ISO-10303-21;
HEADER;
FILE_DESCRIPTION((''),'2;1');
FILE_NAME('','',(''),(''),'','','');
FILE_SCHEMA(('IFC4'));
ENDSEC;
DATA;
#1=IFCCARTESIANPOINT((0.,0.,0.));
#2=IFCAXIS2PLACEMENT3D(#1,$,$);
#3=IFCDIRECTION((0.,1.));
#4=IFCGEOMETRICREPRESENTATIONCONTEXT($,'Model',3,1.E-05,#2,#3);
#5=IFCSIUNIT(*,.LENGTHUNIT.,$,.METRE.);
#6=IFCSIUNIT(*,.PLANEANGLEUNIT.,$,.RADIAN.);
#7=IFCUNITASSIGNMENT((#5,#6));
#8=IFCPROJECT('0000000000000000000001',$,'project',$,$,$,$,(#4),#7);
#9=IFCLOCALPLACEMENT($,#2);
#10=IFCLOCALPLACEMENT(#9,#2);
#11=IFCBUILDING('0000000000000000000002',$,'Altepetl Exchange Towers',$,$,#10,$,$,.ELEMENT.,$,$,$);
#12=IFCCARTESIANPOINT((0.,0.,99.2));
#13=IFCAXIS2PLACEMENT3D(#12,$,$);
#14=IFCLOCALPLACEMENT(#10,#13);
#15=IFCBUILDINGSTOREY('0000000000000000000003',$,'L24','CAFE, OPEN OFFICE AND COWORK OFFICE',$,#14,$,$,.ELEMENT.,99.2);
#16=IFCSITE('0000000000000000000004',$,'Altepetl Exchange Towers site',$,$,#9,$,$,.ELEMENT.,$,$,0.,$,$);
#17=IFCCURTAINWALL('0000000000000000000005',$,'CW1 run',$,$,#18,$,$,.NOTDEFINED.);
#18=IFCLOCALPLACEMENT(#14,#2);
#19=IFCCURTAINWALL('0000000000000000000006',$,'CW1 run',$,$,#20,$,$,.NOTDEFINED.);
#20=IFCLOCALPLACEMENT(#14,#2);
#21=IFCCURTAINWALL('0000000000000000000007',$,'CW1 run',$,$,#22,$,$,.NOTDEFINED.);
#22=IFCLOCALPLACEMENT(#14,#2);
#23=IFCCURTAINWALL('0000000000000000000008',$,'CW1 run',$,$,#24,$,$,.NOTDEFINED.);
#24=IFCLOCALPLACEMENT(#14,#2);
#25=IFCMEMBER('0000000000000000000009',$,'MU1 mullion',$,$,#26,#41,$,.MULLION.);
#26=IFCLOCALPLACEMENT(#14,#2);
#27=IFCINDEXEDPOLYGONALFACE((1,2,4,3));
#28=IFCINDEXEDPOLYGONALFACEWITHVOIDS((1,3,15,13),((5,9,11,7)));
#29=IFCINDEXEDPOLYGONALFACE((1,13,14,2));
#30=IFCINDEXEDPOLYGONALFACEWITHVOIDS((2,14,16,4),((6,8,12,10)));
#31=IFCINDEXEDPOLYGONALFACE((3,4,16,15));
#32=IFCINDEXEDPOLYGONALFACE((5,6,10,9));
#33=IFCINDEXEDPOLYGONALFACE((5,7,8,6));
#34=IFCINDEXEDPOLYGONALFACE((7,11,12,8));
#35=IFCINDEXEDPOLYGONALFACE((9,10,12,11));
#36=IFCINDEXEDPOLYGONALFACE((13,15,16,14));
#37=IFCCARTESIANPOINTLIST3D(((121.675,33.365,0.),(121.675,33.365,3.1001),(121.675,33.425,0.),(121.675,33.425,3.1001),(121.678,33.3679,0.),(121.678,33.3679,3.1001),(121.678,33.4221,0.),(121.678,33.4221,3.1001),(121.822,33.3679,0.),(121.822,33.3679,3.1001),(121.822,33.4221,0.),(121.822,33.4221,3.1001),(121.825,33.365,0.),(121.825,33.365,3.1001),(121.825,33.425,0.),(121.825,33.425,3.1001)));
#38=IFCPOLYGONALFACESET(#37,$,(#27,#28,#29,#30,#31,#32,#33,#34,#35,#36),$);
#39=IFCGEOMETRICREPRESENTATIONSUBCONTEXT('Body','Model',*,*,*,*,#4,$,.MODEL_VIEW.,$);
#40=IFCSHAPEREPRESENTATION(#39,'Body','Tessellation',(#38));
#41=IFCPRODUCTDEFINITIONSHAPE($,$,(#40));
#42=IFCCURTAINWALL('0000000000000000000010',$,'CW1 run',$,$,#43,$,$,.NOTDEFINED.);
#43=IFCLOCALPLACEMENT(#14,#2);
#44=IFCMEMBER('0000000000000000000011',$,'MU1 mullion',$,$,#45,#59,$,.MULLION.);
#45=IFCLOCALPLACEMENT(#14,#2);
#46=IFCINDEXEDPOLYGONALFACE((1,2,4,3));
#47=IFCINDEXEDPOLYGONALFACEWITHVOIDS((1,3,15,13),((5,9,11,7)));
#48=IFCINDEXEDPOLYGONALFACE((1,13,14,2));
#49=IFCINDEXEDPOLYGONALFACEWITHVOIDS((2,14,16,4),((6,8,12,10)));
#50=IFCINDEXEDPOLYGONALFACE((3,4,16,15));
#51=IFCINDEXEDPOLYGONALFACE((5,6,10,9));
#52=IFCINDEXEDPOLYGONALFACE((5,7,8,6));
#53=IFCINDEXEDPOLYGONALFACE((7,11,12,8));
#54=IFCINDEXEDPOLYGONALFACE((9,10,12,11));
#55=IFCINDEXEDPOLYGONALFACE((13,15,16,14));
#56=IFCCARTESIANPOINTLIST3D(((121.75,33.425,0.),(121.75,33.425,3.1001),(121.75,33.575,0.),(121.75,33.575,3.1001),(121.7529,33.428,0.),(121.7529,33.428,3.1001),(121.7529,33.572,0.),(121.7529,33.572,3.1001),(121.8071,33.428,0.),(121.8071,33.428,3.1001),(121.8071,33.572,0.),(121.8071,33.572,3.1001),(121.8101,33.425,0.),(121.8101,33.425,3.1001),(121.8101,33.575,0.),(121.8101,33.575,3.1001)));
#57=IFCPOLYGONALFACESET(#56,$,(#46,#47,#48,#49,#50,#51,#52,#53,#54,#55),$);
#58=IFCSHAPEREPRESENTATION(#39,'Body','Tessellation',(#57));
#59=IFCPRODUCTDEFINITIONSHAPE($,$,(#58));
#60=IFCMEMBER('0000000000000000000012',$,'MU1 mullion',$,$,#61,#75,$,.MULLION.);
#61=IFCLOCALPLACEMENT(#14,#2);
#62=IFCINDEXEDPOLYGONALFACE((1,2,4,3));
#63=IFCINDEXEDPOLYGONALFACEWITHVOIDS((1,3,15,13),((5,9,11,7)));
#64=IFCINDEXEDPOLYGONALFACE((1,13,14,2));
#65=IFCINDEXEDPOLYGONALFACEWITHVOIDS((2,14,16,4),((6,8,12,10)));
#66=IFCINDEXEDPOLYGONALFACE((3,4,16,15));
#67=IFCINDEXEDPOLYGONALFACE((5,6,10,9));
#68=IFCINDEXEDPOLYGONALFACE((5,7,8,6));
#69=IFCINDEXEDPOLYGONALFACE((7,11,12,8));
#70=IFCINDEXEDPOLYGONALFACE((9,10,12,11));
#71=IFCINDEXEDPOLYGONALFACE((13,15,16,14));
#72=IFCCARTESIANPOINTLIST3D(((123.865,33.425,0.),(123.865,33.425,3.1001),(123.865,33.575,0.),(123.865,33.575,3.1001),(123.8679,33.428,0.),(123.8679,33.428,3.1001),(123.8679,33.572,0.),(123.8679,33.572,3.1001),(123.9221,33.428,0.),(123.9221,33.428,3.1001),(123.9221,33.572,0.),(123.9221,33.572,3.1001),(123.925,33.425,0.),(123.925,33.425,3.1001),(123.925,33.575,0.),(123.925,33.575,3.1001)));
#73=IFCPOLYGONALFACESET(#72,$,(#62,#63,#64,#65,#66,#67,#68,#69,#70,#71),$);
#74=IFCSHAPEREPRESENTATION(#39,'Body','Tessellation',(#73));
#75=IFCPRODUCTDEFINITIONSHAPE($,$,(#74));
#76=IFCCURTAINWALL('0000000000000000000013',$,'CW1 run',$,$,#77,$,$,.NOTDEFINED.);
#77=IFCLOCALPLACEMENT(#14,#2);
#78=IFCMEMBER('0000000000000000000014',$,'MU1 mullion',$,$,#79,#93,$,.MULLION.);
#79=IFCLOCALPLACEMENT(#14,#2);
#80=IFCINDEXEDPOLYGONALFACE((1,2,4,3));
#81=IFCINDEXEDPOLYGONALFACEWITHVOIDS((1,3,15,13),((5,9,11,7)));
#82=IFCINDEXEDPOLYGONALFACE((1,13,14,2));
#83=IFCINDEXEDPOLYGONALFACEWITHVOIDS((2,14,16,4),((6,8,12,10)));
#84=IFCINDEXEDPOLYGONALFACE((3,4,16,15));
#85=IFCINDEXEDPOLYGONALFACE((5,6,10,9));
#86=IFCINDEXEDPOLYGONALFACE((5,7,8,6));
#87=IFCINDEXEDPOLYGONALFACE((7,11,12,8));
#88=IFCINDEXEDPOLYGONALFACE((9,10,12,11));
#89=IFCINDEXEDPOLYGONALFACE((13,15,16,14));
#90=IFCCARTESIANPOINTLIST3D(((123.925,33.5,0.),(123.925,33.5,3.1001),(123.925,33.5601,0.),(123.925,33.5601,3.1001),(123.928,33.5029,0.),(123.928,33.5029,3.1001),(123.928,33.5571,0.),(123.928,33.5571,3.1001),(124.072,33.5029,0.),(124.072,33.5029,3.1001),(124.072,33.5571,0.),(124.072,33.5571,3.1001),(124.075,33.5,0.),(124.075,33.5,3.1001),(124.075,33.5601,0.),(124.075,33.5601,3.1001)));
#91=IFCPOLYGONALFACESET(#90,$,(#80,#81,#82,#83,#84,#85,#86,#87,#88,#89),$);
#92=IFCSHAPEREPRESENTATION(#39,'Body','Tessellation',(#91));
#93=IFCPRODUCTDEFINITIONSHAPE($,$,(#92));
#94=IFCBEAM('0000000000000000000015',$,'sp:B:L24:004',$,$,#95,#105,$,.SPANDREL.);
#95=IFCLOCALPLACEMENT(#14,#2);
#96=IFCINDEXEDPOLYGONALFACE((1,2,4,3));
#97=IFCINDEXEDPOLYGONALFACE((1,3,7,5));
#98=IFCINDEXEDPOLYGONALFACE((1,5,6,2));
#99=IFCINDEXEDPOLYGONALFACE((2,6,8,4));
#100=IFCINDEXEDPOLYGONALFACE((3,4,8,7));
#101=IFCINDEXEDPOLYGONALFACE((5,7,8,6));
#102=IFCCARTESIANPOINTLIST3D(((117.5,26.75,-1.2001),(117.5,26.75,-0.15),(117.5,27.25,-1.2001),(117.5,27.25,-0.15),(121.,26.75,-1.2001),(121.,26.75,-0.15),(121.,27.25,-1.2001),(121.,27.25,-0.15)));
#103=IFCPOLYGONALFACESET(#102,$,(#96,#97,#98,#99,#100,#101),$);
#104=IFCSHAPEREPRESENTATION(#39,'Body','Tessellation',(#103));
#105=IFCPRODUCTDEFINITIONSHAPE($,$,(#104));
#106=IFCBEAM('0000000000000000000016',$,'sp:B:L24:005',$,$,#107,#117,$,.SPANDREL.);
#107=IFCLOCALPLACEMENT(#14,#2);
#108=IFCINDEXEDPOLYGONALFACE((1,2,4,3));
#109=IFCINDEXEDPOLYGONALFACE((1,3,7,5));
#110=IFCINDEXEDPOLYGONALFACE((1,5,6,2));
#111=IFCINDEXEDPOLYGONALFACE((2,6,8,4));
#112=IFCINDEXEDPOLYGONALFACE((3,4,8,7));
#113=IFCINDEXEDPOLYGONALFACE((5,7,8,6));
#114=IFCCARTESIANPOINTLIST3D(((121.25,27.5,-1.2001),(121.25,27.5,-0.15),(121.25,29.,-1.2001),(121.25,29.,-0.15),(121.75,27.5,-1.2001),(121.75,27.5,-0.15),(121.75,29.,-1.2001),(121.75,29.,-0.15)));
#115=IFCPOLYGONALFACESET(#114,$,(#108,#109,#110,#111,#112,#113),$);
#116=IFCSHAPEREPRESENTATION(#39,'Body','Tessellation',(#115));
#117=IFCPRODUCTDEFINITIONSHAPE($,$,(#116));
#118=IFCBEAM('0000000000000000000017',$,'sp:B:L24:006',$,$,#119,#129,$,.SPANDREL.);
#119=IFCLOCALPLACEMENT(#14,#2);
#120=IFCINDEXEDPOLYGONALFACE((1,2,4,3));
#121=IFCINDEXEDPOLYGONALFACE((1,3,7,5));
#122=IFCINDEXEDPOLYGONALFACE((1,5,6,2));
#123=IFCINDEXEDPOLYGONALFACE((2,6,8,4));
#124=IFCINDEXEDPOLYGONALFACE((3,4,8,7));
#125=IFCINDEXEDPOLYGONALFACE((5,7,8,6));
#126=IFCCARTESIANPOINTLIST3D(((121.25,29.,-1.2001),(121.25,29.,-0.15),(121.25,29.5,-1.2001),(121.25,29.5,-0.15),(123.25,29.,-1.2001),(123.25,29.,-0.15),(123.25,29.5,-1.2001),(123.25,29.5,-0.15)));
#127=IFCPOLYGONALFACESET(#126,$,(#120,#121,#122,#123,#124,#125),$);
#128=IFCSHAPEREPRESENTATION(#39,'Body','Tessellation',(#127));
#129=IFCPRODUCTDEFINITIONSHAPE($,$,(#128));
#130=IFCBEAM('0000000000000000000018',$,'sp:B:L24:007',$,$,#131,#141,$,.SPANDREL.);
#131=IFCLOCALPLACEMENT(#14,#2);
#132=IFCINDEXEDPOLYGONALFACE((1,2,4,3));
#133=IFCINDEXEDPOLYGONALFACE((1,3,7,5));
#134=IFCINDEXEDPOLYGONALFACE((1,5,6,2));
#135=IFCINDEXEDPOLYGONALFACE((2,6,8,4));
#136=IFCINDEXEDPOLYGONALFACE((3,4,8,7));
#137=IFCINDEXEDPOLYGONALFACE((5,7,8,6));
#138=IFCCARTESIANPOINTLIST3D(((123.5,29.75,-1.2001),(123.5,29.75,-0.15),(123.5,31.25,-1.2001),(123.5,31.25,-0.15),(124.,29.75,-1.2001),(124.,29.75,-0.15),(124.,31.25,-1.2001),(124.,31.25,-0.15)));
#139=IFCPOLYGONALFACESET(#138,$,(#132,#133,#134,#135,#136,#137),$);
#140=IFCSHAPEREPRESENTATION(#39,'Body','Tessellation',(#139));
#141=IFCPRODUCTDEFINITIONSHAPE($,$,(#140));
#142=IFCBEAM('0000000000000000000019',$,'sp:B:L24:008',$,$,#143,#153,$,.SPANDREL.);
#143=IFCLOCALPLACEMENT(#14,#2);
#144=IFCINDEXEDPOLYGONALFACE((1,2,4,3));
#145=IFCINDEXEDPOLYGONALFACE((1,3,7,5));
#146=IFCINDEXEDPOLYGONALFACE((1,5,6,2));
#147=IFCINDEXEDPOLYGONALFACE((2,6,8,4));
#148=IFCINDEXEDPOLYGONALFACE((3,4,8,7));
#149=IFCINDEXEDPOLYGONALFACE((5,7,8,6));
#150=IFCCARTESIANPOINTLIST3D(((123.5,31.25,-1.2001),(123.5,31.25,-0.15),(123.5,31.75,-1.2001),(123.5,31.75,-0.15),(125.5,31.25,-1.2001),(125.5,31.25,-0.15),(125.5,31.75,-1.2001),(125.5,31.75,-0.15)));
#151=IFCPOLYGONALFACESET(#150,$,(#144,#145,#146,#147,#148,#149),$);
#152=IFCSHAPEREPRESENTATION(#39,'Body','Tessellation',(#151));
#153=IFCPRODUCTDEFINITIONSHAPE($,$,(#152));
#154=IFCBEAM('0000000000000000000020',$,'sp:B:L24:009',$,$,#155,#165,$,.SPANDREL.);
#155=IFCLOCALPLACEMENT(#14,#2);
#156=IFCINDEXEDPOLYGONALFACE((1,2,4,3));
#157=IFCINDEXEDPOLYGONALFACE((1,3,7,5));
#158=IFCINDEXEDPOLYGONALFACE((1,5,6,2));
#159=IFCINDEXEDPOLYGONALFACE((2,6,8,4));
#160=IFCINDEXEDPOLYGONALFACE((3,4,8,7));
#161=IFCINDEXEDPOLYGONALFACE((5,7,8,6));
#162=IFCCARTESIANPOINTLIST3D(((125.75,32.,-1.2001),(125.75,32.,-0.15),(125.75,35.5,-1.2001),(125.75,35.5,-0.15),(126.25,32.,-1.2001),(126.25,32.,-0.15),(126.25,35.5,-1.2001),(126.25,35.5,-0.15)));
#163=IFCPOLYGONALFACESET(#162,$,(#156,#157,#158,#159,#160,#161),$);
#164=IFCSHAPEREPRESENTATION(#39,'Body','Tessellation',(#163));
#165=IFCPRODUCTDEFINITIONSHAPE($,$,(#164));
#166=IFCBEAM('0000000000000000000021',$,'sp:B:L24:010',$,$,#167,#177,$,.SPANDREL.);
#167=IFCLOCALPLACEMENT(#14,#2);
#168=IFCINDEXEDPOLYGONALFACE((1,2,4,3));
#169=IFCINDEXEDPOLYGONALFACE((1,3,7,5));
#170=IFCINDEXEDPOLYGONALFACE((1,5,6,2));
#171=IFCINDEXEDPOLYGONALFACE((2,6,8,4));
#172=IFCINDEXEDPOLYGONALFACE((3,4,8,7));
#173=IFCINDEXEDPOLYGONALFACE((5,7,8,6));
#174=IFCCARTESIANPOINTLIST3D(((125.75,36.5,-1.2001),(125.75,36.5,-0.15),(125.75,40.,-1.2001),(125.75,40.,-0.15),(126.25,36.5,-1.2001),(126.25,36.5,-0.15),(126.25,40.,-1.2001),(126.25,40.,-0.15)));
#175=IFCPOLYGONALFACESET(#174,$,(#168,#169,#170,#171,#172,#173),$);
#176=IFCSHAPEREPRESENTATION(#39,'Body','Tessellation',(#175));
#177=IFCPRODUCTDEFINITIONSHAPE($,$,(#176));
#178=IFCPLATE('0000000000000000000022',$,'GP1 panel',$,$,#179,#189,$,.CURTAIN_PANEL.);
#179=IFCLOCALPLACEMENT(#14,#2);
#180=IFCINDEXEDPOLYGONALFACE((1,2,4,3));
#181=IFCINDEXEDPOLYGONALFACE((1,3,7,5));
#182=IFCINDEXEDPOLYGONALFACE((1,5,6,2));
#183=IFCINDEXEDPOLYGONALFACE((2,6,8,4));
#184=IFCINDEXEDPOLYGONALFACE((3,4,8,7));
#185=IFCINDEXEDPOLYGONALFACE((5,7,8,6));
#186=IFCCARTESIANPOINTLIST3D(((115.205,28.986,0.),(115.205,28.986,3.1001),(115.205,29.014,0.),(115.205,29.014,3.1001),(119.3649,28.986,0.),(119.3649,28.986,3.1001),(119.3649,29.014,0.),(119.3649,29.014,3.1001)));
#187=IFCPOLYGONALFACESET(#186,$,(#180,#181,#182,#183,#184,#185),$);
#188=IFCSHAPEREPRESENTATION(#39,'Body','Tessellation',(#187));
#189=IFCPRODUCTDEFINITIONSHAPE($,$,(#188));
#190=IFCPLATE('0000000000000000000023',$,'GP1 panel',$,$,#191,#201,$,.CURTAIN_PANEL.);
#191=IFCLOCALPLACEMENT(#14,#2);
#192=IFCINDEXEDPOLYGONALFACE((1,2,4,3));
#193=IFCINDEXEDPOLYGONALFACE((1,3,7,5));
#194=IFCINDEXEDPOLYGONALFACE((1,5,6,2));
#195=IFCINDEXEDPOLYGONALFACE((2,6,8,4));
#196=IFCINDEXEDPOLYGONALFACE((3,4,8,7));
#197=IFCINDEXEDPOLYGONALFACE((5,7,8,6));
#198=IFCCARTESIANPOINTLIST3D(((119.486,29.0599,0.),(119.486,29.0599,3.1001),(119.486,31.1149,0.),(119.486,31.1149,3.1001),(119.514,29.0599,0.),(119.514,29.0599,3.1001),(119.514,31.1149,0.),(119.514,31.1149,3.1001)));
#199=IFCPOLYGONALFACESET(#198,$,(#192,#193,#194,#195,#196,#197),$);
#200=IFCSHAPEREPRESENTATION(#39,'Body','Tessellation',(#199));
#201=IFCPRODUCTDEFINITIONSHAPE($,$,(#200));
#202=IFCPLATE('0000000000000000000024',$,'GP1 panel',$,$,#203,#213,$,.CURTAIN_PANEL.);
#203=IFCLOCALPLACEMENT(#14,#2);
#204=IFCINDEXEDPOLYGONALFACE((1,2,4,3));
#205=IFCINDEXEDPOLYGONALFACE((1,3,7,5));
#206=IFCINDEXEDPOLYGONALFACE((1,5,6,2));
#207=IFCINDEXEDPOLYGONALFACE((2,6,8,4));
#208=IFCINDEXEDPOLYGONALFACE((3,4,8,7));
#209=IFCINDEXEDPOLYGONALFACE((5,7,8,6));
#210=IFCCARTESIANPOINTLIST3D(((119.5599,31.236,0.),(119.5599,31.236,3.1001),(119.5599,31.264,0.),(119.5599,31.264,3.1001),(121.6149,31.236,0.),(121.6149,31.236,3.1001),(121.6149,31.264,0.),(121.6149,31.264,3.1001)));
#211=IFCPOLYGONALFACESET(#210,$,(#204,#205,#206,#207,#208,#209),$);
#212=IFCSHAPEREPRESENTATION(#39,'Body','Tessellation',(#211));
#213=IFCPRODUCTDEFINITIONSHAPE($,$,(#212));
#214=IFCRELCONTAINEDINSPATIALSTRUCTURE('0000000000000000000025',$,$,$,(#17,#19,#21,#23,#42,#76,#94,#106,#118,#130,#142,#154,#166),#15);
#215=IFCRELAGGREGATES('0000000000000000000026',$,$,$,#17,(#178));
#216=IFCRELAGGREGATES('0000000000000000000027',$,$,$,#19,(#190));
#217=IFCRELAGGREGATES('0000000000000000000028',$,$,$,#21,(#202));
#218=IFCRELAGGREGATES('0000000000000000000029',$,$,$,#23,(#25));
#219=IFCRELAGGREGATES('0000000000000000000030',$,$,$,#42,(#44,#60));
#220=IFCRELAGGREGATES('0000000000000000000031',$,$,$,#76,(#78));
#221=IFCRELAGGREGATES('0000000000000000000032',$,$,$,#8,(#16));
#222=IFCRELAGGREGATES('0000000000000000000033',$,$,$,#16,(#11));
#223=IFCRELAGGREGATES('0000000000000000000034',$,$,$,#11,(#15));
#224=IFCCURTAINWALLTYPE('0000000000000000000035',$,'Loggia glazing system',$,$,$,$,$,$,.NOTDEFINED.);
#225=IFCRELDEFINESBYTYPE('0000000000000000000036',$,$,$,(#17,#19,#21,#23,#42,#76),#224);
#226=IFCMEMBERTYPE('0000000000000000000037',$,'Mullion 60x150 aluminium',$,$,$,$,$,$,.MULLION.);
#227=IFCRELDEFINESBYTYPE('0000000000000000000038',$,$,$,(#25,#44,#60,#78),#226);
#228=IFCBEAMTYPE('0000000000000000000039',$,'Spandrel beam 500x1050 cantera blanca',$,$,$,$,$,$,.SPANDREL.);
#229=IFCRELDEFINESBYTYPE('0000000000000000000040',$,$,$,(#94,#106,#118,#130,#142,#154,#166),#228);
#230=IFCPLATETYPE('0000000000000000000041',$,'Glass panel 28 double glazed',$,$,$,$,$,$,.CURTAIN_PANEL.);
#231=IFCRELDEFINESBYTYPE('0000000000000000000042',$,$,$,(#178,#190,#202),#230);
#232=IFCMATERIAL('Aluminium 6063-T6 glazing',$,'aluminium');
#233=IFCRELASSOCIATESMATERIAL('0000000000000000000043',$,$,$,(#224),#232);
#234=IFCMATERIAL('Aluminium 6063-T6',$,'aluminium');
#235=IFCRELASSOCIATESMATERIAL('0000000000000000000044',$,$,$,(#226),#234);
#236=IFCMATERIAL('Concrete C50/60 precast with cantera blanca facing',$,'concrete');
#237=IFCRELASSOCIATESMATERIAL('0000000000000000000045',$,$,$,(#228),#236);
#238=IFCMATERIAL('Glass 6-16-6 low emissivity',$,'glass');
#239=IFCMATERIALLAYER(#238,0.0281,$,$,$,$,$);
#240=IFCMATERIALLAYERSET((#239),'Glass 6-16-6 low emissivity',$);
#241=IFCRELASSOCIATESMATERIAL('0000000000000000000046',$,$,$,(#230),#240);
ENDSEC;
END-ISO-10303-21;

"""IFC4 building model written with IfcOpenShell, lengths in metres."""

from ifc_helpers import new_model, si_unit, direction, frame, origin, origin_2d, place, context, subcontext, project, spatial, rectangle, hollow_rectangle, extrude, material, layer, layer_set, material_profile, profile_set, type_object, element, aggregate, save


model = new_model("IFC4")

# Units and contexts
model_context = context("Model", 3, precision=1e-05, world=origin(), true_north=direction((0.0, 1.0)))
body_context = subcontext(model_context, "Body", "Model", "MODEL_VIEW")
ifc_project = project(units=[si_unit("LENGTHUNIT", "METRE"), si_unit("PLANEANGLEUNIT", "RADIAN")], contexts=[model_context])

# Site, building, storey
site_placement = place(None, origin())
site = spatial("IfcSite", under=ifc_project, at=site_placement, Name="Altepetl Exchange Towers site", CompositionType="ELEMENT", RefElevation=0.0)
building_placement = place(site_placement, origin())
building = spatial("IfcBuilding", under=site, at=building_placement, Name="Altepetl Exchange Towers", CompositionType="ELEMENT")
storey_placement = place(building_placement, frame((0.0, 0.0, 99.2)))
storey = spatial("IfcBuildingStorey", under=building, at=storey_placement, Name="L24", Description="CAFE, OPEN OFFICE AND COWORK OFFICE", CompositionType="ELEMENT", Elevation=99.2)

# Curtain wall
ifc_material_1 = material(Name="Aluminium 6063-T6 glazing", Category="aluminium")
curtain_wall_type = type_object("IfcCurtainWallType", Name="Loggia glazing system", PredefinedType="NOTDEFINED", material=ifc_material_1)
curtain_wall_1_placement = place(storey_placement, origin())
curtain_wall_1 = element("IfcCurtainWall", 1, at=curtain_wall_1_placement, inside=storey, type_object=curtain_wall_type, Name="CW1 run", PredefinedType="NOTDEFINED")
ifc_material_2 = material(Name="Aluminium 6063-T6", Category="aluminium")
ifc_material_profile_1 = material_profile(ifc_material_2, hollow_rectangle(XDim=0.0601, YDim=0.1499, WallThickness=0.0029, at=origin_2d()), Name="Mullion 60x150 aluminium")
ifc_profile_set_1 = profile_set([ifc_material_profile_1], Name="Aluminium 6063-T6")
member_type = type_object("IfcMemberType", Name="Mullion 60x150 aluminium", PredefinedType="MULLION", material=ifc_profile_set_1)

# Curtain walls, members
curtain_wall_2_placement = place(storey_placement, origin())
curtain_wall_2 = element("IfcCurtainWall", 2, at=curtain_wall_2_placement, inside=storey, type_object=curtain_wall_type, Name="CW1 run", PredefinedType="NOTDEFINED")
curtain_wall_3_placement = place(storey_placement, origin())
curtain_wall_3 = element("IfcCurtainWall", 3, at=curtain_wall_3_placement, inside=storey, type_object=curtain_wall_type, Name="CW1 run", PredefinedType="NOTDEFINED")
curtain_wall_4_placement = place(storey_placement, origin())
curtain_wall_4 = element("IfcCurtainWall", 4, at=curtain_wall_4_placement, inside=storey, type_object=curtain_wall_type, Name="CW1 run", PredefinedType="NOTDEFINED")
member_1_placement = place(storey_placement, frame((121.75, 33.395, 0.0), z_axis=(0.0, 0.0, 1.0), x_axis=(0.0, 1.0, 0.0)))
member_1 = element("IfcMember", 5, at=member_1_placement, type_object=member_type, Name="MU1 mullion", PredefinedType="MULLION", context=body_context, shape_type="SweptSolid", body=[
    extrude(hollow_rectangle(XDim=0.0601, YDim=0.1499, WallThickness=0.0029, at=origin_2d()), origin(), (0.0, 0.0, 1.0), 3.1001),
])
curtain_wall_5_placement = place(storey_placement, origin())
curtain_wall_5 = element("IfcCurtainWall", 6, at=curtain_wall_5_placement, inside=storey, type_object=curtain_wall_type, Name="CW1 run", PredefinedType="NOTDEFINED")
member_2_placement = place(storey_placement, frame((121.78, 33.5, 0.0)))
member_2 = element("IfcMember", 7, at=member_2_placement, type_object=member_type, Name="MU1 mullion", PredefinedType="MULLION", context=body_context, shape_type="SweptSolid", body=[
    extrude(hollow_rectangle(XDim=0.0601, YDim=0.1499, WallThickness=0.0029, at=origin_2d()), origin(), (0.0, 0.0, 1.0), 3.1001),
])
member_3_placement = place(storey_placement, frame((123.895, 33.5, 0.0)))
member_3 = element("IfcMember", 8, at=member_3_placement, type_object=member_type, Name="MU1 mullion", PredefinedType="MULLION", context=body_context, shape_type="SweptSolid", body=[
    extrude(hollow_rectangle(XDim=0.0601, YDim=0.1499, WallThickness=0.0029, at=origin_2d()), origin(), (0.0, 0.0, 1.0), 3.1001),
])

# Curtain wall, member
curtain_wall_6_placement = place(storey_placement, origin())
curtain_wall_6 = element("IfcCurtainWall", 9, at=curtain_wall_6_placement, inside=storey, type_object=curtain_wall_type, Name="CW1 run", PredefinedType="NOTDEFINED")
member_4_placement = place(storey_placement, frame((124.0, 33.53, 0.0), z_axis=(0.0, 0.0, 1.0), x_axis=(0.0, 1.0, 0.0)))
member_4 = element("IfcMember", 10, at=member_4_placement, type_object=member_type, Name="MU1 mullion", PredefinedType="MULLION", context=body_context, shape_type="SweptSolid", body=[
    extrude(hollow_rectangle(XDim=0.0601, YDim=0.1499, WallThickness=0.0029, at=origin_2d()), origin(), (0.0, 0.0, 1.0), 3.1001),
])

# Beams
ifc_material_3 = material(Name="Concrete C50/60 precast with cantera blanca facing", Category="concrete")
ifc_material_profile_2 = material_profile(ifc_material_3, rectangle(XDim=0.5, YDim=1.05, at=origin_2d()), Name="500 x 1050")
ifc_profile_set_2 = profile_set([ifc_material_profile_2], Name="Concrete C50/60 precast with cantera blanca facing")
beam_type_1 = type_object("IfcBeamType", Name="Spandrel beam 500x1050 cantera blanca", PredefinedType="SPANDREL", material=ifc_profile_set_2)
beam_1_placement = place(storey_placement, frame((117.5, 27.0, -0.675), z_axis=(1.0, 0.0, 0.0), x_axis=(0.0, 1.0, 0.0)))
element("IfcBeam", 11, at=beam_1_placement, inside=storey, type_object=beam_type_1, Name="sp:B:L24:004", PredefinedType="SPANDREL", context=body_context, shape_type="SweptSolid", body=[
    extrude(rectangle(XDim=0.5, YDim=1.05, at=origin_2d()), origin(), (0.0, 0.0, 1.0), 3.5),
])
beam_2_placement = place(storey_placement, frame((121.5, 27.5, -0.675), z_axis=(0.0, 1.0, 0.0), x_axis=(-1.0, 0.0, 0.0)))
element("IfcBeam", 12, at=beam_2_placement, inside=storey, type_object=beam_type_1, Name="sp:B:L24:005", PredefinedType="SPANDREL", context=body_context, shape_type="SweptSolid", body=[
    extrude(rectangle(XDim=0.5, YDim=1.05, at=origin_2d()), origin(), (0.0, 0.0, 1.0), 1.5),
])
beam_3_placement = place(storey_placement, frame((121.25, 29.25, -0.675), z_axis=(1.0, 0.0, 0.0), x_axis=(0.0, 1.0, 0.0)))
element("IfcBeam", 13, at=beam_3_placement, inside=storey, type_object=beam_type_1, Name="sp:B:L24:006", PredefinedType="SPANDREL", context=body_context, shape_type="SweptSolid", body=[
    extrude(rectangle(XDim=0.5, YDim=1.05, at=origin_2d()), origin(), (0.0, 0.0, 1.0), 2.0),
])
beam_4_placement = place(storey_placement, frame((123.75, 29.75, -0.675), z_axis=(0.0, 1.0, 0.0), x_axis=(-1.0, 0.0, 0.0)))
element("IfcBeam", 14, at=beam_4_placement, inside=storey, type_object=beam_type_1, Name="sp:B:L24:007", PredefinedType="SPANDREL", context=body_context, shape_type="SweptSolid", body=[
    extrude(rectangle(XDim=0.5, YDim=1.05, at=origin_2d()), origin(), (0.0, 0.0, 1.0), 1.5),
])
beam_5_placement = place(storey_placement, frame((123.5, 31.5, -0.675), z_axis=(1.0, 0.0, 0.0), x_axis=(0.0, 1.0, 0.0)))
element("IfcBeam", 15, at=beam_5_placement, inside=storey, type_object=beam_type_1, Name="sp:B:L24:008", PredefinedType="SPANDREL", context=body_context, shape_type="SweptSolid", body=[
    extrude(rectangle(XDim=0.5, YDim=1.05, at=origin_2d()), origin(), (0.0, 0.0, 1.0), 2.0),
])
for number, where, z_axis, x_axis, name in (
    (16, (126.0, 32.0, -0.675), (0.0, 1.0, 0.0), (-1.0, 0.0, 0.0), "sp:B:L24:009"),
    (17, (126.0, 36.5, -0.675), (0.0, 1.0, 0.0), (-1.0, 0.0, 0.0), "sp:B:L24:010"),
):
    element("IfcBeam", number, at=place(storey_placement, frame(where, z_axis=z_axis, x_axis=x_axis)), inside=storey, type_object=beam_type_1, Name=name, PredefinedType="SPANDREL", context=body_context, shape_type="SweptSolid", body=[
        extrude(rectangle(XDim=0.5, YDim=1.05, at=origin_2d()), origin(), (0.0, 0.0, 1.0), 3.5),
    ])

# Plates
ifc_material_4 = material(Name="Glass 6-16-6 low emissivity", Category="glass")
ifc_layer_1 = layer(ifc_material_4, 0.0281)
ifc_layer_set_1 = layer_set([ifc_layer_1], Name="Glass 6-16-6 low emissivity")
plate_type = type_object("IfcPlateType", Name="Glass panel 28 double glazed", PredefinedType="CURTAIN_PANEL", material=ifc_layer_set_1)
plate_1_placement = place(storey_placement, frame((117.2849, 29.0, 0.0)))
plate_1 = element("IfcPlate", 18, at=plate_1_placement, type_object=plate_type, Name="GP1 panel", PredefinedType="CURTAIN_PANEL", context=body_context, shape_type="SweptSolid", body=[
    extrude(rectangle(XDim=4.1599, YDim=0.0281, at=origin_2d()), origin(), (0.0, 0.0, 1.0), 3.1001),
])
aggregate(curtain_wall_1, [plate_1])
plate_2_placement = place(storey_placement, frame((119.5, 30.0874, 0.0), z_axis=(0.0, 0.0, 1.0), x_axis=(0.0, 1.0, 0.0)))
plate_2 = element("IfcPlate", 19, at=plate_2_placement, type_object=plate_type, Name="GP1 panel", PredefinedType="CURTAIN_PANEL", context=body_context, shape_type="SweptSolid", body=[
    extrude(rectangle(XDim=2.0549, YDim=0.0281, at=origin_2d()), origin(), (0.0, 0.0, 1.0), 3.1001),
])
aggregate(curtain_wall_2, [plate_2])
plate_3_placement = place(storey_placement, frame((120.5874, 31.25, 0.0)))
plate_3 = element("IfcPlate", 20, at=plate_3_placement, type_object=plate_type, Name="GP1 panel", PredefinedType="CURTAIN_PANEL", context=body_context, shape_type="SweptSolid", body=[
    extrude(rectangle(XDim=2.0549, YDim=0.0281, at=origin_2d()), origin(), (0.0, 0.0, 1.0), 3.1001),
])
aggregate(curtain_wall_3, [plate_3])
aggregate(curtain_wall_4, [member_1])
aggregate(curtain_wall_5, [member_2, member_3])
aggregate(curtain_wall_6, [member_4])

save(model, "model.ifc")
